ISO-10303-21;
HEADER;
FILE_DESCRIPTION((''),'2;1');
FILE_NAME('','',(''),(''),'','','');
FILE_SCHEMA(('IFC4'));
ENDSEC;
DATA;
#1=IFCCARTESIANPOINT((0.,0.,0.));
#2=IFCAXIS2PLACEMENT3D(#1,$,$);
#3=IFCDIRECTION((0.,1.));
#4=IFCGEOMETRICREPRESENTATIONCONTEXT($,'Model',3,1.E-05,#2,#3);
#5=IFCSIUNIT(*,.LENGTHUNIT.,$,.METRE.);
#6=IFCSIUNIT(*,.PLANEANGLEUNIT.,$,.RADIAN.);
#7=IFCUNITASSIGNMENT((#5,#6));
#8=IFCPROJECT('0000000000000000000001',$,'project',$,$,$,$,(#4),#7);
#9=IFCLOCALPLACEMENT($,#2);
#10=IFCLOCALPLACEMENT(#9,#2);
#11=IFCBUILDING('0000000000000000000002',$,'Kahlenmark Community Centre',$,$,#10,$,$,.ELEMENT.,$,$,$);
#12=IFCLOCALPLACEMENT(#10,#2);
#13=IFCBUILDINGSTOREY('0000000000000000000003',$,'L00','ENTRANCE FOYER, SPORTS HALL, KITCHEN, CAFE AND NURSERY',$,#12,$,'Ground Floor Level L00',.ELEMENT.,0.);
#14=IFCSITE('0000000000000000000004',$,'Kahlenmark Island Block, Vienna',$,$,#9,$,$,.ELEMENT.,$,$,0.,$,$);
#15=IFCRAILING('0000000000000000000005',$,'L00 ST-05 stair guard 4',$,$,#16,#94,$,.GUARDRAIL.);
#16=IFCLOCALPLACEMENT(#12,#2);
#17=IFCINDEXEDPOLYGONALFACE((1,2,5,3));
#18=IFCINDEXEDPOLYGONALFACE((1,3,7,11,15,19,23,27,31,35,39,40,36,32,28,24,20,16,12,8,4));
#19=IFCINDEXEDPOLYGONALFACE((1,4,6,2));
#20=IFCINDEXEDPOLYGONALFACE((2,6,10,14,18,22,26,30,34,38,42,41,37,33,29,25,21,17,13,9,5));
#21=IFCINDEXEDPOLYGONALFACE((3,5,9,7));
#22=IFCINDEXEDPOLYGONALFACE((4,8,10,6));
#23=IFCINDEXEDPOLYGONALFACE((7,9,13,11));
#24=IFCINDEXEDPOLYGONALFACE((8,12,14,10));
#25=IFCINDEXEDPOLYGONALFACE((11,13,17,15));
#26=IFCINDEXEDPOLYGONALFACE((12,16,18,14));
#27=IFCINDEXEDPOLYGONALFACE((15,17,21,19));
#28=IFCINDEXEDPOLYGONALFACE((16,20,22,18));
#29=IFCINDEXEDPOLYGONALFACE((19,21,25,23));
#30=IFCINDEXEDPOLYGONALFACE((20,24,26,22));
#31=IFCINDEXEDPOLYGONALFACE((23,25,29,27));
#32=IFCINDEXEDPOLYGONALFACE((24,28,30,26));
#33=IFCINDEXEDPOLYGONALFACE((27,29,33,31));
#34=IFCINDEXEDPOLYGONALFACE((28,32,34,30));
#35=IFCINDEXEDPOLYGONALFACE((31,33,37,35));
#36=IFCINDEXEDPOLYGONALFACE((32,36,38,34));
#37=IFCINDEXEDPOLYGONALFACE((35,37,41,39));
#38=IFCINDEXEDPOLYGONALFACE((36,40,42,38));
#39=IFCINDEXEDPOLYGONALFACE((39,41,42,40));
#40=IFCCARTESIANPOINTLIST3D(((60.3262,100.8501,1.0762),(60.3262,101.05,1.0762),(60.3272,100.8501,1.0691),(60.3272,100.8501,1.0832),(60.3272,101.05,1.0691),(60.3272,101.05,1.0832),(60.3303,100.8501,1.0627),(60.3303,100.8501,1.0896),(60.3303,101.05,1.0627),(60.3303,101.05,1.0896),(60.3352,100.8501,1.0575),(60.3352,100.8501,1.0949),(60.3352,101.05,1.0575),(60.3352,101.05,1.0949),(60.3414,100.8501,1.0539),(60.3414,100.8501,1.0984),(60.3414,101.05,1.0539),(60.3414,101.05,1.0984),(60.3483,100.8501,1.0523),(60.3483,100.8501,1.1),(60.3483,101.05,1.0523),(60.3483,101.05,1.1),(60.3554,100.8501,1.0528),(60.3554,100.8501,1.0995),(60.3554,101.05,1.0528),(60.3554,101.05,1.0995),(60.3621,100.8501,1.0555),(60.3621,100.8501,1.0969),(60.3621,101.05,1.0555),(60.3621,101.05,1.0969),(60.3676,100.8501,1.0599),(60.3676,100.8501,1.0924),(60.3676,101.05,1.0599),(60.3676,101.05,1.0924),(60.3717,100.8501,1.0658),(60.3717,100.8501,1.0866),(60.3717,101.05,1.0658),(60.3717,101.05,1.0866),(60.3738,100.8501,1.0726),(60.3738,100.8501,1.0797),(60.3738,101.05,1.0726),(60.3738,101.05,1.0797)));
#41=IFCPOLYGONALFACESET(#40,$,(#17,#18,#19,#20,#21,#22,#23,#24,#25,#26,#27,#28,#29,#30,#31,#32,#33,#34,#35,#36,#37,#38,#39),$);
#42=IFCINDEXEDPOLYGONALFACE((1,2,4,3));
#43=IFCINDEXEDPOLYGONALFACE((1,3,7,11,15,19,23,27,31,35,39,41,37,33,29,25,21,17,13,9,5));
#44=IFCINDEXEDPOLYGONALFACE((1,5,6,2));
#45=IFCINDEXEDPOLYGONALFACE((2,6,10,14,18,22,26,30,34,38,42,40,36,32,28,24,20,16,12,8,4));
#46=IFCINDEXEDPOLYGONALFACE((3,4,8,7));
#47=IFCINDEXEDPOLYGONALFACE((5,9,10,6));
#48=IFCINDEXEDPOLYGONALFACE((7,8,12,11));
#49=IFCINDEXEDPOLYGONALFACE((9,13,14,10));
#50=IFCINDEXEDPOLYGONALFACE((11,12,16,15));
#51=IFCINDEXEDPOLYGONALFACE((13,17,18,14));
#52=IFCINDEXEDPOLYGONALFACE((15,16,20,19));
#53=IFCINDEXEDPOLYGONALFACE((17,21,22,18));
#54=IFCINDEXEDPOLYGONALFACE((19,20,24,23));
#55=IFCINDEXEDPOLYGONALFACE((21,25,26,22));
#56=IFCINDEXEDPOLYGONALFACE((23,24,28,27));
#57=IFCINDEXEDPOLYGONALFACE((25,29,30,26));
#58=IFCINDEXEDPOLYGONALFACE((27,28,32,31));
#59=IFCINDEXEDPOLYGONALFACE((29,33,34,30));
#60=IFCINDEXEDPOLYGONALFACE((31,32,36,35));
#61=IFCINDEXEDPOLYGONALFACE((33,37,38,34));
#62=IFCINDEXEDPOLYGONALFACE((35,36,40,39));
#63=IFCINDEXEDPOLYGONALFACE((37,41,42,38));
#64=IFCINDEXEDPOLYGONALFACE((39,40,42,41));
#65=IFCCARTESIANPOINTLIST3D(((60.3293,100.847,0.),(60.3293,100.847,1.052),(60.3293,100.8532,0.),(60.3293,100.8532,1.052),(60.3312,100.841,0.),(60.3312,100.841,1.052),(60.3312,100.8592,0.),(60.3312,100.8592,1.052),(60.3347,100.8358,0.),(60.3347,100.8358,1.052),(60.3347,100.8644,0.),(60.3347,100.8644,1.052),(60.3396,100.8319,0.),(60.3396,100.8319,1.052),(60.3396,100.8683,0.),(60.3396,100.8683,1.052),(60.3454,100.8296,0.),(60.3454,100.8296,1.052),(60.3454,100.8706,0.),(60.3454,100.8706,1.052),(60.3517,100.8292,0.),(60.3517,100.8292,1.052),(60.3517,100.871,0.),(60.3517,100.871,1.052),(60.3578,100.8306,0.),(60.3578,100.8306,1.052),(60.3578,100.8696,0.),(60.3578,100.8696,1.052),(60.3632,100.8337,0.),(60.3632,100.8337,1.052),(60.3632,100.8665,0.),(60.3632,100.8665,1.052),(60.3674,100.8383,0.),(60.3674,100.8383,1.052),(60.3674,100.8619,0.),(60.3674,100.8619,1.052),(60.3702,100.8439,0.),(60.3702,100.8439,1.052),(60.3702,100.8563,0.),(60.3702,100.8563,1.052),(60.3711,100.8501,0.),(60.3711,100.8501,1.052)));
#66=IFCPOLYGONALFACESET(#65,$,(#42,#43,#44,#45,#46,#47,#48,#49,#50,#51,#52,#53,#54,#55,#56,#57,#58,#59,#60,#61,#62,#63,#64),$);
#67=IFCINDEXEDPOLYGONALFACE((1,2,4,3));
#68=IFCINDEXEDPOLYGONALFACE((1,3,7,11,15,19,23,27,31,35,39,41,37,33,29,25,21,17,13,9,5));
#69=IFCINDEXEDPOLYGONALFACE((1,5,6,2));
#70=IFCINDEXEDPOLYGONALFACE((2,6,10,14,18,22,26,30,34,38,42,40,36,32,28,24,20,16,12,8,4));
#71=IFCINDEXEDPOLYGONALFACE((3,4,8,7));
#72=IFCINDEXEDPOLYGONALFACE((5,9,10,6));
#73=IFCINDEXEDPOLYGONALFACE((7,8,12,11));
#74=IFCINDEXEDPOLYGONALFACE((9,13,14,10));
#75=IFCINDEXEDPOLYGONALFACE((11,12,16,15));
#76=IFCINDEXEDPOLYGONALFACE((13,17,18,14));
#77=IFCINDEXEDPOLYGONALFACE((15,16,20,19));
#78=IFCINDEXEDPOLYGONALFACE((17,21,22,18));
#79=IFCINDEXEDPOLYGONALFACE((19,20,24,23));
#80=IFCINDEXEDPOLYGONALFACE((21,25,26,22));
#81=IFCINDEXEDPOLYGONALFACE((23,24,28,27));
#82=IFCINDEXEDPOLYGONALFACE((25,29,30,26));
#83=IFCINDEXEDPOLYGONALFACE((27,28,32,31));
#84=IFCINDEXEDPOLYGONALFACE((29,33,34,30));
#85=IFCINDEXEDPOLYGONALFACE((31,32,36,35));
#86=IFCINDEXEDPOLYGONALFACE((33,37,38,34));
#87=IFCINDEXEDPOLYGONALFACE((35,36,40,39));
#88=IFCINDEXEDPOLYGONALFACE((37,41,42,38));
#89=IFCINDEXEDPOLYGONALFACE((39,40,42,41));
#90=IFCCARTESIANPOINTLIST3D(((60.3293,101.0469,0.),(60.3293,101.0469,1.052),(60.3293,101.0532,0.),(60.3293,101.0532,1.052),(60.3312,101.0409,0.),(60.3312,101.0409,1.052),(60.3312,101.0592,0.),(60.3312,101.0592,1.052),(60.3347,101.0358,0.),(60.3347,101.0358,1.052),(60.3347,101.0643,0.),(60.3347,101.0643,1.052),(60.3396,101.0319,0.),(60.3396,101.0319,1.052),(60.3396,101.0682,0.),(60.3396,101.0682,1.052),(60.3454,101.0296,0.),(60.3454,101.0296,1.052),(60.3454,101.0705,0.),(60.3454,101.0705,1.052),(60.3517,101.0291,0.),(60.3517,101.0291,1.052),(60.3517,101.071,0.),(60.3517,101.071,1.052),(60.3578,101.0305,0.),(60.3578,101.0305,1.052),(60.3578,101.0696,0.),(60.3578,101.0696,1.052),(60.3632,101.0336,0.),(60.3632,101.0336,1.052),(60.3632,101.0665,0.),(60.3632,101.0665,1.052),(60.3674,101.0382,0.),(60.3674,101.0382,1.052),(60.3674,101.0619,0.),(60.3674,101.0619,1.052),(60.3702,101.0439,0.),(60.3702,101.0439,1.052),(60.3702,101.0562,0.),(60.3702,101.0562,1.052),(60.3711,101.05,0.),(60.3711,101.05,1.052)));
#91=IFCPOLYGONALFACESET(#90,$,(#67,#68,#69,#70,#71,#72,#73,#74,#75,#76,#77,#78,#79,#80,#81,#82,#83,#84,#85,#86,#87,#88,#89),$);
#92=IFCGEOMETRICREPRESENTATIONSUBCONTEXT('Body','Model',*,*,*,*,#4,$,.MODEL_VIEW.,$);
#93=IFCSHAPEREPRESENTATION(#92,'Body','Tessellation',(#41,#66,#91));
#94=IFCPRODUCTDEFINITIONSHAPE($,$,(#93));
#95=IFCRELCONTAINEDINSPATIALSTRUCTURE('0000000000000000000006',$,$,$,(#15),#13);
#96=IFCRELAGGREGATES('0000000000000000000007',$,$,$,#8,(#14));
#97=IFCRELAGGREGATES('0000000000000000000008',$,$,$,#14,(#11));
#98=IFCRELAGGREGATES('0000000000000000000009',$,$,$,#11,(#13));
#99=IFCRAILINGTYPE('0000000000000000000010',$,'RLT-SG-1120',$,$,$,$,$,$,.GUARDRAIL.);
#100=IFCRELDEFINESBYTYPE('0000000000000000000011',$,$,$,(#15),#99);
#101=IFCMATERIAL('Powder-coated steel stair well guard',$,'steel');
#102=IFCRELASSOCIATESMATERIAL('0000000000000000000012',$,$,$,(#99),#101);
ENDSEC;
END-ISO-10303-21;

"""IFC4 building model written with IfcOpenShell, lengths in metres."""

from ifc_helpers import new_model, si_unit, direction, frame, origin, origin_2d, place, context, subcontext, project, spatial, circle, extrude, material, type_object, element, save


model = new_model("IFC4")

# Units and contexts
model_context = context("Model", 3, precision=1e-05, world=origin(), true_north=direction((0.0, 1.0)))
body_context = subcontext(model_context, "Body", "Model", "MODEL_VIEW")
ifc_project = project(units=[si_unit("LENGTHUNIT", "METRE"), si_unit("PLANEANGLEUNIT", "RADIAN")], contexts=[model_context])

# Site, building, storey
site_placement = place(None, origin())
site = spatial("IfcSite", under=ifc_project, at=site_placement, Name="Kahlenmark Island Block, Vienna", CompositionType="ELEMENT", RefElevation=0.0)
building_placement = place(site_placement, origin())
building = spatial("IfcBuilding", under=site, at=building_placement, Name="Kahlenmark Community Centre", CompositionType="ELEMENT")
storey_placement = place(building_placement, origin())
storey = spatial("IfcBuildingStorey", under=building, at=storey_placement, Name="L00", Description="ENTRANCE FOYER, SPORTS HALL, KITCHEN, CAFE AND NURSERY", LongName="Ground Floor Level L00", CompositionType="ELEMENT", Elevation=0.0)

# Railing
ifc_material_1 = material(Name="Powder-coated steel stair well guard", Category="steel")
railing_type_1 = type_object("IfcRailingType", Name="RLT-SG-1120", PredefinedType="GUARDRAIL", material=ifc_material_1)
railing_1_placement = place(storey_placement, frame((60.3501, 100.8501, 0.0)))
element("IfcRailing", 1, at=railing_1_placement, inside=storey, type_object=railing_type_1, Name="L00 ST-05 stair guard 4", PredefinedType="GUARDRAIL", context=body_context, shape_type="SweptSolid", body=[
    extrude(circle(Radius=0.0239, at=origin_2d()), frame((0.0, 0.0, 1.0762), z_axis=(0.0, 1.0, 0.0), x_axis=(-1.0, 0.0, 0.0)), (0.0, 0.0, 1.0), 0.2),
    extrude(circle(Radius=0.021, at=origin_2d()), origin(), (0.0, 0.0, 1.0), 1.052),
    extrude(circle(Radius=0.021, at=origin_2d()), frame((0.0, 0.2, 0.0)), (0.0, 0.0, 1.0), 1.052),
])

save(model, "model.ifc")
